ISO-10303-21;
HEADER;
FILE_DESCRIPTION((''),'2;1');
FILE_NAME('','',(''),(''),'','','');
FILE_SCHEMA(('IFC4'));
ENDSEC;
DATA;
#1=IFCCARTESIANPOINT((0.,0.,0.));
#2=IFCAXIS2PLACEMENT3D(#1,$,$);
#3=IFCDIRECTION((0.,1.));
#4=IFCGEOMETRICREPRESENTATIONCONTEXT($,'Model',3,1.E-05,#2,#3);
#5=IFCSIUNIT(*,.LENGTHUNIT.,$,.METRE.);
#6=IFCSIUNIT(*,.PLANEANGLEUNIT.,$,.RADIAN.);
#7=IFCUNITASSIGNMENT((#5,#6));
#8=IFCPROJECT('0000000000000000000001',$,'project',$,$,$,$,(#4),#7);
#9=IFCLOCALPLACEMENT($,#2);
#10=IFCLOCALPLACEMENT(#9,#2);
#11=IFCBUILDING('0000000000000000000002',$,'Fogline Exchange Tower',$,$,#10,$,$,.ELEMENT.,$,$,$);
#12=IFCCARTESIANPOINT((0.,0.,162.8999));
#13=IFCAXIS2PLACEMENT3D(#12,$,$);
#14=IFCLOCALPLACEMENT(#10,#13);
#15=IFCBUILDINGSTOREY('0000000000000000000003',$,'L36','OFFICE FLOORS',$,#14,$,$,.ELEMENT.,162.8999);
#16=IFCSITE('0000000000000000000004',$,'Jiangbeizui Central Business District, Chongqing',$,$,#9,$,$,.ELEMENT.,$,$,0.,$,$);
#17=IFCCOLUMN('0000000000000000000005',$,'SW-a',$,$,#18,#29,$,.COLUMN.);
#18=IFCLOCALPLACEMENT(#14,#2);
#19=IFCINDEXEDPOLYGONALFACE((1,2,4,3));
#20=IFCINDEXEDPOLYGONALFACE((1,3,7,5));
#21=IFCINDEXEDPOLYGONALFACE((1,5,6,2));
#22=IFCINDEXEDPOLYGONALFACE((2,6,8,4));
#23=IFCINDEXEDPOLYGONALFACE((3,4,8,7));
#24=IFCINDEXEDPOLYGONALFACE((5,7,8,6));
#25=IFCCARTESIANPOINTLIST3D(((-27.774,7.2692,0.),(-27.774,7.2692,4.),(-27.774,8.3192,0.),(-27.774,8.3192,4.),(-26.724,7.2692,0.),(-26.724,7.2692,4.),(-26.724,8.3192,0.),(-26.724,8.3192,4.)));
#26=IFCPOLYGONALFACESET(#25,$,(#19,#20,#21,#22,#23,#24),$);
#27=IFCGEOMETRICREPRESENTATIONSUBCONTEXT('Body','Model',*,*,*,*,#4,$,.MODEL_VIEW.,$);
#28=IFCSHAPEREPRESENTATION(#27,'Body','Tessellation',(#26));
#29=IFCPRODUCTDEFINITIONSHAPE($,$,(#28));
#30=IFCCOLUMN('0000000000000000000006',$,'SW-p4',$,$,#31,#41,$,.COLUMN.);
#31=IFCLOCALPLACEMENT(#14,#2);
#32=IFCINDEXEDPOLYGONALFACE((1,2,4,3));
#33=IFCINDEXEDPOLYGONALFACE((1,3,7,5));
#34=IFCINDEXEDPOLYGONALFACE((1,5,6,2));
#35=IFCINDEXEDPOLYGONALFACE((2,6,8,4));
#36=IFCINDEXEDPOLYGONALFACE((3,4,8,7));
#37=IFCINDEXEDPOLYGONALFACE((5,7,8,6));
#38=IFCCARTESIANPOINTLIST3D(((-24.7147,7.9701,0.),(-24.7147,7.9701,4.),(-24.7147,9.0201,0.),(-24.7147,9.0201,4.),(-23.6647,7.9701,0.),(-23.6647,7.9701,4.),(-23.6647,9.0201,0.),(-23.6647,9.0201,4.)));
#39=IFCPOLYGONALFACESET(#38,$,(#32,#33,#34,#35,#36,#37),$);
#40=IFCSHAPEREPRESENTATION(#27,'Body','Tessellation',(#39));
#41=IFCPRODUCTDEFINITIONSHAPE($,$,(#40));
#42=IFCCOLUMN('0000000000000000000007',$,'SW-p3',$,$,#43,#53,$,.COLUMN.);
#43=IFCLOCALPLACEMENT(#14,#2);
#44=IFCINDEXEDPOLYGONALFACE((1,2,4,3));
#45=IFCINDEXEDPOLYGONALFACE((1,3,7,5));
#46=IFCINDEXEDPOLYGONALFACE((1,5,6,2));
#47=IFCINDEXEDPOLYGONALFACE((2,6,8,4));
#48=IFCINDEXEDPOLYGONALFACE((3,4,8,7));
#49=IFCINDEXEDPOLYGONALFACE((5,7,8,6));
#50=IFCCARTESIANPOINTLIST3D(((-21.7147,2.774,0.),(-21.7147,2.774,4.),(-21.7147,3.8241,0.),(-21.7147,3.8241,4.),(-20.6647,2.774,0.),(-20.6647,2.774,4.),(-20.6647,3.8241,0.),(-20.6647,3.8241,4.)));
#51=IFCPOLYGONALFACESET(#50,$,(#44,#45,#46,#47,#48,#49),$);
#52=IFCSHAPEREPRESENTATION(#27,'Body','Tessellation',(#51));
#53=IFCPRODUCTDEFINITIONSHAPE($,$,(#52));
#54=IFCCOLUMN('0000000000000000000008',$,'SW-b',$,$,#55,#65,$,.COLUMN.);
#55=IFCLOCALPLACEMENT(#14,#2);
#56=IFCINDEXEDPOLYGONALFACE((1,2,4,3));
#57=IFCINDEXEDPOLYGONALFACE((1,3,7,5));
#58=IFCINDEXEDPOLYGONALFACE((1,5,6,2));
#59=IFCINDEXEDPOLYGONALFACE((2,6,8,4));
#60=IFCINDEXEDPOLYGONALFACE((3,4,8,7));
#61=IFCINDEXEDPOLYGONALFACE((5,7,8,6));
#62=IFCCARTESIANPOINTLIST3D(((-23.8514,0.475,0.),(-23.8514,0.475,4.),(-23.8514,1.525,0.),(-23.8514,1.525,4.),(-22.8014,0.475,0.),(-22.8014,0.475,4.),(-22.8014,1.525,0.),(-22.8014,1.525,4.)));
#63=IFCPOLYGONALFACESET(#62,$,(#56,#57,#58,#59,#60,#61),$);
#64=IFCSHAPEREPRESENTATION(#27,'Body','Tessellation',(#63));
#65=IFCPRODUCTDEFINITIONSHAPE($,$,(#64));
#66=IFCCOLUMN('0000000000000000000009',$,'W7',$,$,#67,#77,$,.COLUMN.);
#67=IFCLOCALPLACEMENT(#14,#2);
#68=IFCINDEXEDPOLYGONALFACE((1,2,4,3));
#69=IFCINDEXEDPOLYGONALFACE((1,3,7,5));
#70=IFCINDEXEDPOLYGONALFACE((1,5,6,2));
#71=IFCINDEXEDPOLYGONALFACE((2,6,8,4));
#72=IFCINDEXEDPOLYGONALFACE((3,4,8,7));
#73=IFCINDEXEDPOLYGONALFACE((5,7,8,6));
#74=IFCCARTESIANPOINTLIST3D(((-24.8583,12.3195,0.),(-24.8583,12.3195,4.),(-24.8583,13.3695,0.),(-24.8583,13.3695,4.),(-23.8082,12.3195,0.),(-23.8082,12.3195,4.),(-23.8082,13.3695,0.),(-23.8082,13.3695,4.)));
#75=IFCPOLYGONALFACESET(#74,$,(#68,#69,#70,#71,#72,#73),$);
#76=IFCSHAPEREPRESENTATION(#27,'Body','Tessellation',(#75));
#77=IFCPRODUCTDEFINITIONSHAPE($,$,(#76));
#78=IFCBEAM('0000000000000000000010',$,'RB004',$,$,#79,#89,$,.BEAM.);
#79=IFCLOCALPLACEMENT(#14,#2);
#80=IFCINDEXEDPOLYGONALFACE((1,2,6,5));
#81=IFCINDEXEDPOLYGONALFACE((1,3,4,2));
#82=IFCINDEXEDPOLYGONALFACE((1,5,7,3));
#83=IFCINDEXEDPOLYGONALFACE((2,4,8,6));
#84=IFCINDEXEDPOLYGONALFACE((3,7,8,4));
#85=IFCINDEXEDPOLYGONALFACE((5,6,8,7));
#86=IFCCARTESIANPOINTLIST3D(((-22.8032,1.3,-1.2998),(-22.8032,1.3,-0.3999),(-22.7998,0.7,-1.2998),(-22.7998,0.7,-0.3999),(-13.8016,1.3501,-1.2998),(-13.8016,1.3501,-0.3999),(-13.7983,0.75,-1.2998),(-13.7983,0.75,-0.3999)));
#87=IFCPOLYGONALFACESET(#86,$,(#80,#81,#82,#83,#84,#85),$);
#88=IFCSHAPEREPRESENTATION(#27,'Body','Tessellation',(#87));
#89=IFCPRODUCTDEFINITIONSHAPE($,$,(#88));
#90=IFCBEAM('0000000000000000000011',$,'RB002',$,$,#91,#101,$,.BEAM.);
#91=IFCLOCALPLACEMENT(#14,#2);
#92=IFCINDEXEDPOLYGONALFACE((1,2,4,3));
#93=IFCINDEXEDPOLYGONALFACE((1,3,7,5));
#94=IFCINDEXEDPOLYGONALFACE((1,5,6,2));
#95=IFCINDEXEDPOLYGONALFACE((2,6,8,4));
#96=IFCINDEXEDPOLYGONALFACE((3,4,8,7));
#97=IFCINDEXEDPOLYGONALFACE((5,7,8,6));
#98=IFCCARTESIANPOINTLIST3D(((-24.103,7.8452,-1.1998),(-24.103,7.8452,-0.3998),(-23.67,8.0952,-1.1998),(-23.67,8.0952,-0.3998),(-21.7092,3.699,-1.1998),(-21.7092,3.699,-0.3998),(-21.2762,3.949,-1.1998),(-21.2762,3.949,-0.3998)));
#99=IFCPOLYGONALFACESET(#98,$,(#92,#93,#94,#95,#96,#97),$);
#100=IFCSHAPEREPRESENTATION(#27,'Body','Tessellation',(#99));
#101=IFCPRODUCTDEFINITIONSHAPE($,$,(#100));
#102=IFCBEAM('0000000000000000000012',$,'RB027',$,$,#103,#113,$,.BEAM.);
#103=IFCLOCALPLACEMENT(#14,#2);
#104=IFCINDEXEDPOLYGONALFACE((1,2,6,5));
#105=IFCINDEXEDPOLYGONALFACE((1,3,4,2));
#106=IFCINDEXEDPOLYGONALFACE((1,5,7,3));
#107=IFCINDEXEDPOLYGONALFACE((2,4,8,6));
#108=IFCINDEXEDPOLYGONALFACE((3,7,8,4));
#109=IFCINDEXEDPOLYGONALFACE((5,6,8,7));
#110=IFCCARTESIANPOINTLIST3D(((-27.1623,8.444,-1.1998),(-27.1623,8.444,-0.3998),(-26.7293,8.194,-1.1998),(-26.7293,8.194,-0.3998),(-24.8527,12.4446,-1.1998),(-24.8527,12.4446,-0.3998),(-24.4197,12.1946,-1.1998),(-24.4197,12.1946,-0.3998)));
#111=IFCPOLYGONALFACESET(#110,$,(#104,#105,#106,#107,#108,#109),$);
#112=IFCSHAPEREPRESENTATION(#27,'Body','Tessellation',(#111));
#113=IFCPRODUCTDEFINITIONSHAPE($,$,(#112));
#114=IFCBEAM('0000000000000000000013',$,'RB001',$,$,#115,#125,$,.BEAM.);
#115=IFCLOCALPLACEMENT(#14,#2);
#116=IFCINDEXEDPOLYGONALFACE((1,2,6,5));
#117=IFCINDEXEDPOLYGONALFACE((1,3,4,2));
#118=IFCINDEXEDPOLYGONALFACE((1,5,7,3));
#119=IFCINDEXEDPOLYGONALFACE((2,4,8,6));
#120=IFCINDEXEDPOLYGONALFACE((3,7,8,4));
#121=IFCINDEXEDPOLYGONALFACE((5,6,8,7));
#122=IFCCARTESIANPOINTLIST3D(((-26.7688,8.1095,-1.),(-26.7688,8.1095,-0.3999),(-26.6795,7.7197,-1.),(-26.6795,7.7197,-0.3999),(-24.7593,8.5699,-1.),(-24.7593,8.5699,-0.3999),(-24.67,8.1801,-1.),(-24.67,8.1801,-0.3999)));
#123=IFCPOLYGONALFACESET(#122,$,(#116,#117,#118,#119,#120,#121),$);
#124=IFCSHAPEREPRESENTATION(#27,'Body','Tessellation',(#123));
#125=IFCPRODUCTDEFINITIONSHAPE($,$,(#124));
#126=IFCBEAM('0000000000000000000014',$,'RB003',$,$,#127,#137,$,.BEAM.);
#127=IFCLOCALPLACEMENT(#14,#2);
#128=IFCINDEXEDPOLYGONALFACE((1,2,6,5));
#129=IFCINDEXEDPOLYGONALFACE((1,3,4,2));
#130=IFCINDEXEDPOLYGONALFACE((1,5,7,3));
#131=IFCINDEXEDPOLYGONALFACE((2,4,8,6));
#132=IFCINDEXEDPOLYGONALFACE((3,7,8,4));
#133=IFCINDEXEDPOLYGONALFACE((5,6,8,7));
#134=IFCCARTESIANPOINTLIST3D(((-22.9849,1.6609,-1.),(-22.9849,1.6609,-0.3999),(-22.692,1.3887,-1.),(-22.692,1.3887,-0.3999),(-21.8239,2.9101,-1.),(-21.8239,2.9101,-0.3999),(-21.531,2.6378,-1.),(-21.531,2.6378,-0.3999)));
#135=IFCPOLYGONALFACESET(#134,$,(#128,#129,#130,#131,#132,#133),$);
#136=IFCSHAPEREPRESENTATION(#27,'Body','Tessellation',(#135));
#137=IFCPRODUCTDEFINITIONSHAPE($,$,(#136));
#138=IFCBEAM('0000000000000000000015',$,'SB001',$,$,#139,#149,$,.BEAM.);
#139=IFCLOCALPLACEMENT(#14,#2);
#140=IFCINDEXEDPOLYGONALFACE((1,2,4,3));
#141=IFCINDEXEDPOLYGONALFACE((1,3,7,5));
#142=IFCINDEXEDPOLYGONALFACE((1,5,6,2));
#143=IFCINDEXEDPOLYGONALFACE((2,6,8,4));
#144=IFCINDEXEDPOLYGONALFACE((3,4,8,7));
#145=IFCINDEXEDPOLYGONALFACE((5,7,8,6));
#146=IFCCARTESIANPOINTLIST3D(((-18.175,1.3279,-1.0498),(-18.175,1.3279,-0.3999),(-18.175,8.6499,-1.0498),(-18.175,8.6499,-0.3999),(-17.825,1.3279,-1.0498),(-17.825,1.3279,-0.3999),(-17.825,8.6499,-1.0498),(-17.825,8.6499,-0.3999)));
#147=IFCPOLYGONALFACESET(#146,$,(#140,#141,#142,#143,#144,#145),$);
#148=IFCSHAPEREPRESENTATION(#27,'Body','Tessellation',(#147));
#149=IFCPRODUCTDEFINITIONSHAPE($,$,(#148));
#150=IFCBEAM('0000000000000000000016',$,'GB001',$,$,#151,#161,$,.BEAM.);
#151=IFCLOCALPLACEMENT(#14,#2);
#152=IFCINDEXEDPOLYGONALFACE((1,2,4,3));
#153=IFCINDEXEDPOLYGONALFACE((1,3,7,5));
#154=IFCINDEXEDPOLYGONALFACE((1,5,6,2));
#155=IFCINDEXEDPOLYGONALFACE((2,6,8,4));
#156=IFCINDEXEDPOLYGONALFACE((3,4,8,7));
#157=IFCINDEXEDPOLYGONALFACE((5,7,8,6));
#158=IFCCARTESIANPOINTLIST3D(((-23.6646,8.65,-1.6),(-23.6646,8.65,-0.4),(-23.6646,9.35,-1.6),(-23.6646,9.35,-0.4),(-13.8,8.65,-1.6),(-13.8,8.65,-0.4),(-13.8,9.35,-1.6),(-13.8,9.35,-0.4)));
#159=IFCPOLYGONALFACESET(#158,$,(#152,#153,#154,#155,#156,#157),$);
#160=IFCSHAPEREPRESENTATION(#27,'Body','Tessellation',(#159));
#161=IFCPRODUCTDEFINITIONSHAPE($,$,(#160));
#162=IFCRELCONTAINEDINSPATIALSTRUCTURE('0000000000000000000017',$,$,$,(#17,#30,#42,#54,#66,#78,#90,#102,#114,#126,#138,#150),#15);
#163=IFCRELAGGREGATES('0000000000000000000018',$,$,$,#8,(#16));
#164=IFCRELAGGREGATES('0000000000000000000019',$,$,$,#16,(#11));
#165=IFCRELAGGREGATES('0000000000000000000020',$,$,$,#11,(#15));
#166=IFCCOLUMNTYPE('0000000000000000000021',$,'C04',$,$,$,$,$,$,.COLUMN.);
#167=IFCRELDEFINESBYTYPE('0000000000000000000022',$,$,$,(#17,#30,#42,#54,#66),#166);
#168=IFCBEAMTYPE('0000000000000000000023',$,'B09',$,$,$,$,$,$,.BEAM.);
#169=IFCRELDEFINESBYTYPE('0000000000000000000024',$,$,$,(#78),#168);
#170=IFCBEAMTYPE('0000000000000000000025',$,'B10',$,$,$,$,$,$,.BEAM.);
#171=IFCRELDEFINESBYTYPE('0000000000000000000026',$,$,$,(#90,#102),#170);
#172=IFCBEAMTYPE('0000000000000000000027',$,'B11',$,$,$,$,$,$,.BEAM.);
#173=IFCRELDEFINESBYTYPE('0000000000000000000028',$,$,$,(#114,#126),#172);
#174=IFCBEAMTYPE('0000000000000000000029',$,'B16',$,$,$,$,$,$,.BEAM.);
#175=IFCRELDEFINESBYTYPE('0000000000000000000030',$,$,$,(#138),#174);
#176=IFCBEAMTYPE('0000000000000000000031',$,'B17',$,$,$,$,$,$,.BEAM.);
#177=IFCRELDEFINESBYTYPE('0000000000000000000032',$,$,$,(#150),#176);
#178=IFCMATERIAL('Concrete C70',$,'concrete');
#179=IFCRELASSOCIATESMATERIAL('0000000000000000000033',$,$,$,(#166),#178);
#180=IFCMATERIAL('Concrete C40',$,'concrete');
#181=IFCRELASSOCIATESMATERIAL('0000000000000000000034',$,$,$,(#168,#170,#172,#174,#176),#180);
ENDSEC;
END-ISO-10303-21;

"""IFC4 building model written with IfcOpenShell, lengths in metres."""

from ifc_helpers import new_model, si_unit, direction, frame, origin, origin_2d, place, context, subcontext, project, spatial, rectangle, extrude, material, material_profile, profile_set, type_object, element, save


model = new_model("IFC4")

# Units and contexts
model_context = context("Model", 3, precision=1e-05, world=origin(), true_north=direction((0.0, 1.0)))
body_context = subcontext(model_context, "Body", "Model", "MODEL_VIEW")
ifc_project = project(units=[si_unit("LENGTHUNIT", "METRE"), si_unit("PLANEANGLEUNIT", "RADIAN")], contexts=[model_context])

# Site, building, storey
site_placement = place(None, origin())
site = spatial("IfcSite", under=ifc_project, at=site_placement, Name="Jiangbeizui Central Business District, Chongqing", CompositionType="ELEMENT", RefElevation=0.0)
building_placement = place(site_placement, origin())
building = spatial("IfcBuilding", under=site, at=building_placement, Name="Fogline Exchange Tower", CompositionType="ELEMENT")
storey_placement = place(building_placement, frame((0.0, 0.0, 162.8999)))
storey = spatial("IfcBuildingStorey", under=building, at=storey_placement, Name="L36", Description="OFFICE FLOORS", CompositionType="ELEMENT", Elevation=162.8999)

# Columns
ifc_material_1 = material(Name="Concrete C70", Category="concrete")
ifc_material_profile_1 = material_profile(ifc_material_1, rectangle(XDim=1.05, YDim=1.05, at=origin_2d()), Name="RC 1050x1050")
ifc_profile_set_1 = profile_set([ifc_material_profile_1], Name="Concrete C70")
column_type = type_object("IfcColumnType", Name="C04", PredefinedType="COLUMN", material=ifc_profile_set_1)
for number, where, z_axis, x_axis, name in (
    (1, (-27.249, 7.7942, 0.0), (0.0, 0.0, 1.0), (1.0, 0.0, 0.0), "SW-a"),
    (2, (-24.1897, 8.4951, 0.0), (0.0, 0.0, 1.0), (1.0, 0.0, 0.0), "SW-p4"),
    (3, (-21.1897, 3.2991, 0.0), (0.0, 0.0, 1.0), (1.0, 0.0, 0.0), "SW-p3"),
    (4, (-23.3264, 1.0, 0.0), (0.0, 0.0, 1.0), (1.0, 0.0, 0.0), "SW-b"),
    (5, (-24.3333, 12.8445, 0.0), (0.0, 0.0, 1.0), (1.0, 0.0, 0.0), "W7"),
):
    element("IfcColumn", number, at=place(storey_placement, frame(where, z_axis=z_axis, x_axis=x_axis)), inside=storey, type_object=column_type, Name=name, PredefinedType="COLUMN", context=body_context, shape_type="SweptSolid", body=[
        extrude(rectangle(XDim=1.05, YDim=1.05, at=origin_2d()), origin(), (0.0, 0.0, 1.0), 4.0),
    ])

# Beams
ifc_material_2 = material(Name="Concrete C40", Category="concrete")
ifc_material_profile_2 = material_profile(ifc_material_2, rectangle(XDim=0.6001, YDim=0.8999, at=origin_2d()), Name="RC 600x900")
ifc_profile_set_2 = profile_set([ifc_material_profile_2], Name="Concrete C40")
beam_type_1 = type_object("IfcBeamType", Name="B09", PredefinedType="BEAM", material=ifc_profile_set_2)
beam_1_placement = place(storey_placement, frame((-22.8015, 1.0, -0.8499), z_axis=(0.999985, 0.00556, 0.0), x_axis=(-0.00556, 0.999985, 0.0)))
element("IfcBeam", 6, at=beam_1_placement, inside=storey, type_object=beam_type_1, Name="RB004", PredefinedType="BEAM", context=body_context, shape_type="SweptSolid", body=[
    extrude(rectangle(XDim=0.6001, YDim=0.8999, at=origin_2d()), origin(), (0.0, 0.0, 1.0), 9.0017),
])
ifc_material_profile_3 = material_profile(ifc_material_2, rectangle(XDim=0.5, YDim=0.8, at=origin_2d()), Name="RC 500x800")
ifc_profile_set_3 = profile_set([ifc_material_profile_3], Name="Concrete C40")
beam_type_2 = type_object("IfcBeamType", Name="B10", PredefinedType="BEAM", material=ifc_profile_set_3)
beam_2_placement = place(storey_placement, frame((-23.8865, 7.9702, -0.7998), z_axis=(0.499995, -0.866028, 0.0), x_axis=(0.866028, 0.499995, 0.0)))
element("IfcBeam", 7, at=beam_2_placement, inside=storey, type_object=beam_type_2, Name="RB002", PredefinedType="BEAM", context=body_context, shape_type="SweptSolid", body=[
    extrude(rectangle(XDim=0.5, YDim=0.8, at=origin_2d()), origin(), (0.0, 0.0, 1.0), 4.7876),
])
beam_3_placement = place(storey_placement, frame((-24.6362, 12.3196, -0.7998), z_axis=(-0.499982, -0.866036, 0.0), x_axis=(0.866036, -0.499982, 0.0)))
element("IfcBeam", 8, at=beam_3_placement, inside=storey, type_object=beam_type_2, Name="RB027", PredefinedType="BEAM", context=body_context, shape_type="SweptSolid", body=[
    extrude(rectangle(XDim=0.5, YDim=0.8, at=origin_2d()), origin(), (0.0, 0.0, 1.0), 4.6194),
])
ifc_material_profile_4 = material_profile(ifc_material_2, rectangle(XDim=0.3999, YDim=0.6001, at=origin_2d()), Name="RC 400x600")
ifc_profile_set_4 = profile_set([ifc_material_profile_4], Name="Concrete C40")
beam_type_3 = type_object("IfcBeamType", Name="B11", PredefinedType="BEAM", material=ifc_profile_set_4)
beam_4_placement = place(storey_placement, frame((-26.7241, 7.9146, -0.7), z_axis=(0.974739, 0.223346, 0.0), x_axis=(-0.223346, 0.974739, 0.0)))
element("IfcBeam", 9, at=beam_4_placement, inside=storey, type_object=beam_type_3, Name="RB001", PredefinedType="BEAM", context=body_context, shape_type="SweptSolid", body=[
    extrude(rectangle(XDim=0.3999, YDim=0.6001, at=origin_2d()), origin(), (0.0, 0.0, 1.0), 2.0615),
])
beam_5_placement = place(storey_placement, frame((-21.6775, 2.7739, -0.7), z_axis=(-0.680792, -0.732477, 0.0), x_axis=(0.732477, -0.680792, 0.0)))
element("IfcBeam", 10, at=beam_5_placement, inside=storey, type_object=beam_type_3, Name="RB003", PredefinedType="BEAM", context=body_context, shape_type="SweptSolid", body=[
    extrude(rectangle(XDim=0.3999, YDim=0.6001, at=origin_2d()), origin(), (0.0, 0.0, 1.0), 1.7053),
])
ifc_material_profile_5 = material_profile(ifc_material_2, rectangle(XDim=0.3501, YDim=0.6499, at=origin_2d()), Name="RC 350x650")
ifc_profile_set_5 = profile_set([ifc_material_profile_5], Name="Concrete C40")
beam_type_4 = type_object("IfcBeamType", Name="B16", PredefinedType="BEAM", material=ifc_profile_set_5)
beam_6_placement = place(storey_placement, frame((-18.0, 1.3279, -0.7249), z_axis=(0.0, 1.0, 0.0), x_axis=(-1.0, 0.0, 0.0)))
element("IfcBeam", 11, at=beam_6_placement, inside=storey, type_object=beam_type_4, Name="SB001", PredefinedType="BEAM", context=body_context, shape_type="SweptSolid", body=[
    extrude(rectangle(XDim=0.3501, YDim=0.6499, at=origin_2d()), origin(), (0.0, 0.0, 1.0), 7.322),
])
ifc_material_profile_6 = material_profile(ifc_material_2, rectangle(XDim=0.7, YDim=1.2, at=origin_2d()), Name="RC 700x1200")
ifc_profile_set_6 = profile_set([ifc_material_profile_6], Name="Concrete C40")
beam_type_5 = type_object("IfcBeamType", Name="B17", PredefinedType="BEAM", material=ifc_profile_set_6)
beam_7_placement = place(storey_placement, frame((-23.6646, 9.0, -1.0), z_axis=(1.0, 0.0, 0.0), x_axis=(0.0, 1.0, 0.0)))
element("IfcBeam", 12, at=beam_7_placement, inside=storey, type_object=beam_type_5, Name="GB001", PredefinedType="BEAM", context=body_context, shape_type="SweptSolid", body=[
    extrude(rectangle(XDim=0.7, YDim=1.2, at=origin_2d()), origin(), (0.0, 0.0, 1.0), 9.8645),
])

save(model, "model.ifc")
